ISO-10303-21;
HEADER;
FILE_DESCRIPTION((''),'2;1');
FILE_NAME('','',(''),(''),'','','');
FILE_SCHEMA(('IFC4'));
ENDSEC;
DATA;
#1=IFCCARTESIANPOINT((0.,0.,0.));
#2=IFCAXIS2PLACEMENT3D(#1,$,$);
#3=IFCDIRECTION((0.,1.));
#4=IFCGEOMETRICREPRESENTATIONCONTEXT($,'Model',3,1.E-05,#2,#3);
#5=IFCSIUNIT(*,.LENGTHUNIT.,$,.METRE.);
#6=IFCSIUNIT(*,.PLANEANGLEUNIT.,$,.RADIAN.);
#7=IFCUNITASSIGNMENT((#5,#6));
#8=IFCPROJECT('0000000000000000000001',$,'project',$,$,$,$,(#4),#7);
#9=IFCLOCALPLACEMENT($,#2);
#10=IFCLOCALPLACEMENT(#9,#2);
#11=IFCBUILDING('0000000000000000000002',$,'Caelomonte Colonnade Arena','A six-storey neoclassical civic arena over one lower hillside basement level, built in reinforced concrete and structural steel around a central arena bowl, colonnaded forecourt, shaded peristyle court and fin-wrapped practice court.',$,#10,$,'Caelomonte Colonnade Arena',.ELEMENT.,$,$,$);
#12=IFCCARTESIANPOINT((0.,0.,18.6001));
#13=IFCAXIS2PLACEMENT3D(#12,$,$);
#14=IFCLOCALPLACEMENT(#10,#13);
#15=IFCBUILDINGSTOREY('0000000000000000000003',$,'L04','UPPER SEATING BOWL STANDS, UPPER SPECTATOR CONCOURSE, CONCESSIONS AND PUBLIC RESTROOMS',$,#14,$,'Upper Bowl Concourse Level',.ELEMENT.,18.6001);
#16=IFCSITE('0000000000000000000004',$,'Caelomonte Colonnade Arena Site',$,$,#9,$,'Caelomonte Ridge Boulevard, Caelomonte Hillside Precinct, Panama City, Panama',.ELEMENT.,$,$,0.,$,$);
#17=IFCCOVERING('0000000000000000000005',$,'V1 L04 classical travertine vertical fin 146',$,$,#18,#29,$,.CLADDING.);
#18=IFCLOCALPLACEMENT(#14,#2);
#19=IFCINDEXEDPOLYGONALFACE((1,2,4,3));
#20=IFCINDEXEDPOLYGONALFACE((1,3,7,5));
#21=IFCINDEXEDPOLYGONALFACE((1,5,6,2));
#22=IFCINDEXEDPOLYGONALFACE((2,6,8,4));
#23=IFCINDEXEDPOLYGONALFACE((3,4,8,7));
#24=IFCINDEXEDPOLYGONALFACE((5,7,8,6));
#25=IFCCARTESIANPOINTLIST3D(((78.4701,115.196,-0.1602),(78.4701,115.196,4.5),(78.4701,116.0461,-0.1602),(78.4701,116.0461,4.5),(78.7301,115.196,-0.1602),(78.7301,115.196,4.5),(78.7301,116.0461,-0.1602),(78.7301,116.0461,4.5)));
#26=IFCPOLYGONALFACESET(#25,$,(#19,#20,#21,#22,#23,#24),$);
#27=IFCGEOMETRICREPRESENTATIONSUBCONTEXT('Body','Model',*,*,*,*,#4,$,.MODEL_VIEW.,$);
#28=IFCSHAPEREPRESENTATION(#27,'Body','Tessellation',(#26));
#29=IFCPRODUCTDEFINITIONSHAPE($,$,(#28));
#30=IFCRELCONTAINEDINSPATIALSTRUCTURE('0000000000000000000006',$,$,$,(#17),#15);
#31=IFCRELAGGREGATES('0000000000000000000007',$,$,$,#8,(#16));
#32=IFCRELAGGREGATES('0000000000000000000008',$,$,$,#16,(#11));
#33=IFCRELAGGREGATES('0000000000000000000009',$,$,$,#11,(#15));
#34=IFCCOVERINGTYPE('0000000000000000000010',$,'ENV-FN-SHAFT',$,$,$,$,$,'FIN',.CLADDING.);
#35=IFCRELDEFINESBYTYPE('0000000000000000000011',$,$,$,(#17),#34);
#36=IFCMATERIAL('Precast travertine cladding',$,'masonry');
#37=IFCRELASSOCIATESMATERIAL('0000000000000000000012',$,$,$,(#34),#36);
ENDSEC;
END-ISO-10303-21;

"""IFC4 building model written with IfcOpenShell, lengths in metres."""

from ifc_helpers import new_model, si_unit, direction, frame, origin, origin_2d, place, context, subcontext, project, spatial, rectangle, extrude, material, material_profile, profile_set, type_object, element, save


model = new_model("IFC4")

# Units and contexts
model_context = context("Model", 3, precision=1e-05, world=origin(), true_north=direction((0.0, 1.0)))
body_context = subcontext(model_context, "Body", "Model", "MODEL_VIEW")
ifc_project = project(units=[si_unit("LENGTHUNIT", "METRE"), si_unit("PLANEANGLEUNIT", "RADIAN")], contexts=[model_context])

# Site, building, storey
site_placement = place(None, origin())
site = spatial("IfcSite", under=ifc_project, at=site_placement, Name="Caelomonte Colonnade Arena Site", LongName="Caelomonte Ridge Boulevard, Caelomonte Hillside Precinct, Panama City, Panama", CompositionType="ELEMENT", RefElevation=0.0)
building_placement = place(site_placement, origin())
building = spatial("IfcBuilding", under=site, at=building_placement, Name="Caelomonte Colonnade Arena", Description="A six-storey neoclassical civic arena over one lower hillside basement level, built in reinforced concrete and structural steel around a central arena bowl, colonnaded forecourt, shaded peristyle court and fin-wrapped practice court.", LongName="Caelomonte Colonnade Arena", CompositionType="ELEMENT")
storey_placement = place(building_placement, frame((0.0, 0.0, 18.6001)))
storey = spatial("IfcBuildingStorey", under=building, at=storey_placement, Name="L04", Description="UPPER SEATING BOWL STANDS, UPPER SPECTATOR CONCOURSE, CONCESSIONS AND PUBLIC RESTROOMS", LongName="Upper Bowl Concourse Level", CompositionType="ELEMENT", Elevation=18.6001)

# Covering
ifc_material_1 = material(Name="Precast travertine cladding", Category="masonry")
ifc_material_profile_1 = material_profile(ifc_material_1, rectangle(XDim=0.26, YDim=0.8501, at=origin_2d()), Name="FIN260X850")
ifc_profile_set_1 = profile_set([ifc_material_profile_1], Name="Precast travertine cladding")
covering_type = type_object("IfcCoveringType", Name="ENV-FN-SHAFT", ElementType="FIN", PredefinedType="CLADDING", material=ifc_profile_set_1)
for number, where, z_axis, x_axis, name in (
    (1, (78.6001, 115.6211, -0.1602), (0.0, 0.0, 1.0), (1.0, 0.0, 0.0), "V1 L04 classical travertine vertical fin 146"),
):
    element("IfcCovering", number, at=place(storey_placement, frame(where, z_axis=z_axis, x_axis=x_axis)), inside=storey, type_object=covering_type, Name=name, PredefinedType="CLADDING", context=body_context, shape_type="SweptSolid", body=[
        extrude(rectangle(XDim=0.26, YDim=0.8501, at=origin_2d()), origin(), (0.0, 0.0, 1.0), 4.6602),
    ])

save(model, "model.ifc")
